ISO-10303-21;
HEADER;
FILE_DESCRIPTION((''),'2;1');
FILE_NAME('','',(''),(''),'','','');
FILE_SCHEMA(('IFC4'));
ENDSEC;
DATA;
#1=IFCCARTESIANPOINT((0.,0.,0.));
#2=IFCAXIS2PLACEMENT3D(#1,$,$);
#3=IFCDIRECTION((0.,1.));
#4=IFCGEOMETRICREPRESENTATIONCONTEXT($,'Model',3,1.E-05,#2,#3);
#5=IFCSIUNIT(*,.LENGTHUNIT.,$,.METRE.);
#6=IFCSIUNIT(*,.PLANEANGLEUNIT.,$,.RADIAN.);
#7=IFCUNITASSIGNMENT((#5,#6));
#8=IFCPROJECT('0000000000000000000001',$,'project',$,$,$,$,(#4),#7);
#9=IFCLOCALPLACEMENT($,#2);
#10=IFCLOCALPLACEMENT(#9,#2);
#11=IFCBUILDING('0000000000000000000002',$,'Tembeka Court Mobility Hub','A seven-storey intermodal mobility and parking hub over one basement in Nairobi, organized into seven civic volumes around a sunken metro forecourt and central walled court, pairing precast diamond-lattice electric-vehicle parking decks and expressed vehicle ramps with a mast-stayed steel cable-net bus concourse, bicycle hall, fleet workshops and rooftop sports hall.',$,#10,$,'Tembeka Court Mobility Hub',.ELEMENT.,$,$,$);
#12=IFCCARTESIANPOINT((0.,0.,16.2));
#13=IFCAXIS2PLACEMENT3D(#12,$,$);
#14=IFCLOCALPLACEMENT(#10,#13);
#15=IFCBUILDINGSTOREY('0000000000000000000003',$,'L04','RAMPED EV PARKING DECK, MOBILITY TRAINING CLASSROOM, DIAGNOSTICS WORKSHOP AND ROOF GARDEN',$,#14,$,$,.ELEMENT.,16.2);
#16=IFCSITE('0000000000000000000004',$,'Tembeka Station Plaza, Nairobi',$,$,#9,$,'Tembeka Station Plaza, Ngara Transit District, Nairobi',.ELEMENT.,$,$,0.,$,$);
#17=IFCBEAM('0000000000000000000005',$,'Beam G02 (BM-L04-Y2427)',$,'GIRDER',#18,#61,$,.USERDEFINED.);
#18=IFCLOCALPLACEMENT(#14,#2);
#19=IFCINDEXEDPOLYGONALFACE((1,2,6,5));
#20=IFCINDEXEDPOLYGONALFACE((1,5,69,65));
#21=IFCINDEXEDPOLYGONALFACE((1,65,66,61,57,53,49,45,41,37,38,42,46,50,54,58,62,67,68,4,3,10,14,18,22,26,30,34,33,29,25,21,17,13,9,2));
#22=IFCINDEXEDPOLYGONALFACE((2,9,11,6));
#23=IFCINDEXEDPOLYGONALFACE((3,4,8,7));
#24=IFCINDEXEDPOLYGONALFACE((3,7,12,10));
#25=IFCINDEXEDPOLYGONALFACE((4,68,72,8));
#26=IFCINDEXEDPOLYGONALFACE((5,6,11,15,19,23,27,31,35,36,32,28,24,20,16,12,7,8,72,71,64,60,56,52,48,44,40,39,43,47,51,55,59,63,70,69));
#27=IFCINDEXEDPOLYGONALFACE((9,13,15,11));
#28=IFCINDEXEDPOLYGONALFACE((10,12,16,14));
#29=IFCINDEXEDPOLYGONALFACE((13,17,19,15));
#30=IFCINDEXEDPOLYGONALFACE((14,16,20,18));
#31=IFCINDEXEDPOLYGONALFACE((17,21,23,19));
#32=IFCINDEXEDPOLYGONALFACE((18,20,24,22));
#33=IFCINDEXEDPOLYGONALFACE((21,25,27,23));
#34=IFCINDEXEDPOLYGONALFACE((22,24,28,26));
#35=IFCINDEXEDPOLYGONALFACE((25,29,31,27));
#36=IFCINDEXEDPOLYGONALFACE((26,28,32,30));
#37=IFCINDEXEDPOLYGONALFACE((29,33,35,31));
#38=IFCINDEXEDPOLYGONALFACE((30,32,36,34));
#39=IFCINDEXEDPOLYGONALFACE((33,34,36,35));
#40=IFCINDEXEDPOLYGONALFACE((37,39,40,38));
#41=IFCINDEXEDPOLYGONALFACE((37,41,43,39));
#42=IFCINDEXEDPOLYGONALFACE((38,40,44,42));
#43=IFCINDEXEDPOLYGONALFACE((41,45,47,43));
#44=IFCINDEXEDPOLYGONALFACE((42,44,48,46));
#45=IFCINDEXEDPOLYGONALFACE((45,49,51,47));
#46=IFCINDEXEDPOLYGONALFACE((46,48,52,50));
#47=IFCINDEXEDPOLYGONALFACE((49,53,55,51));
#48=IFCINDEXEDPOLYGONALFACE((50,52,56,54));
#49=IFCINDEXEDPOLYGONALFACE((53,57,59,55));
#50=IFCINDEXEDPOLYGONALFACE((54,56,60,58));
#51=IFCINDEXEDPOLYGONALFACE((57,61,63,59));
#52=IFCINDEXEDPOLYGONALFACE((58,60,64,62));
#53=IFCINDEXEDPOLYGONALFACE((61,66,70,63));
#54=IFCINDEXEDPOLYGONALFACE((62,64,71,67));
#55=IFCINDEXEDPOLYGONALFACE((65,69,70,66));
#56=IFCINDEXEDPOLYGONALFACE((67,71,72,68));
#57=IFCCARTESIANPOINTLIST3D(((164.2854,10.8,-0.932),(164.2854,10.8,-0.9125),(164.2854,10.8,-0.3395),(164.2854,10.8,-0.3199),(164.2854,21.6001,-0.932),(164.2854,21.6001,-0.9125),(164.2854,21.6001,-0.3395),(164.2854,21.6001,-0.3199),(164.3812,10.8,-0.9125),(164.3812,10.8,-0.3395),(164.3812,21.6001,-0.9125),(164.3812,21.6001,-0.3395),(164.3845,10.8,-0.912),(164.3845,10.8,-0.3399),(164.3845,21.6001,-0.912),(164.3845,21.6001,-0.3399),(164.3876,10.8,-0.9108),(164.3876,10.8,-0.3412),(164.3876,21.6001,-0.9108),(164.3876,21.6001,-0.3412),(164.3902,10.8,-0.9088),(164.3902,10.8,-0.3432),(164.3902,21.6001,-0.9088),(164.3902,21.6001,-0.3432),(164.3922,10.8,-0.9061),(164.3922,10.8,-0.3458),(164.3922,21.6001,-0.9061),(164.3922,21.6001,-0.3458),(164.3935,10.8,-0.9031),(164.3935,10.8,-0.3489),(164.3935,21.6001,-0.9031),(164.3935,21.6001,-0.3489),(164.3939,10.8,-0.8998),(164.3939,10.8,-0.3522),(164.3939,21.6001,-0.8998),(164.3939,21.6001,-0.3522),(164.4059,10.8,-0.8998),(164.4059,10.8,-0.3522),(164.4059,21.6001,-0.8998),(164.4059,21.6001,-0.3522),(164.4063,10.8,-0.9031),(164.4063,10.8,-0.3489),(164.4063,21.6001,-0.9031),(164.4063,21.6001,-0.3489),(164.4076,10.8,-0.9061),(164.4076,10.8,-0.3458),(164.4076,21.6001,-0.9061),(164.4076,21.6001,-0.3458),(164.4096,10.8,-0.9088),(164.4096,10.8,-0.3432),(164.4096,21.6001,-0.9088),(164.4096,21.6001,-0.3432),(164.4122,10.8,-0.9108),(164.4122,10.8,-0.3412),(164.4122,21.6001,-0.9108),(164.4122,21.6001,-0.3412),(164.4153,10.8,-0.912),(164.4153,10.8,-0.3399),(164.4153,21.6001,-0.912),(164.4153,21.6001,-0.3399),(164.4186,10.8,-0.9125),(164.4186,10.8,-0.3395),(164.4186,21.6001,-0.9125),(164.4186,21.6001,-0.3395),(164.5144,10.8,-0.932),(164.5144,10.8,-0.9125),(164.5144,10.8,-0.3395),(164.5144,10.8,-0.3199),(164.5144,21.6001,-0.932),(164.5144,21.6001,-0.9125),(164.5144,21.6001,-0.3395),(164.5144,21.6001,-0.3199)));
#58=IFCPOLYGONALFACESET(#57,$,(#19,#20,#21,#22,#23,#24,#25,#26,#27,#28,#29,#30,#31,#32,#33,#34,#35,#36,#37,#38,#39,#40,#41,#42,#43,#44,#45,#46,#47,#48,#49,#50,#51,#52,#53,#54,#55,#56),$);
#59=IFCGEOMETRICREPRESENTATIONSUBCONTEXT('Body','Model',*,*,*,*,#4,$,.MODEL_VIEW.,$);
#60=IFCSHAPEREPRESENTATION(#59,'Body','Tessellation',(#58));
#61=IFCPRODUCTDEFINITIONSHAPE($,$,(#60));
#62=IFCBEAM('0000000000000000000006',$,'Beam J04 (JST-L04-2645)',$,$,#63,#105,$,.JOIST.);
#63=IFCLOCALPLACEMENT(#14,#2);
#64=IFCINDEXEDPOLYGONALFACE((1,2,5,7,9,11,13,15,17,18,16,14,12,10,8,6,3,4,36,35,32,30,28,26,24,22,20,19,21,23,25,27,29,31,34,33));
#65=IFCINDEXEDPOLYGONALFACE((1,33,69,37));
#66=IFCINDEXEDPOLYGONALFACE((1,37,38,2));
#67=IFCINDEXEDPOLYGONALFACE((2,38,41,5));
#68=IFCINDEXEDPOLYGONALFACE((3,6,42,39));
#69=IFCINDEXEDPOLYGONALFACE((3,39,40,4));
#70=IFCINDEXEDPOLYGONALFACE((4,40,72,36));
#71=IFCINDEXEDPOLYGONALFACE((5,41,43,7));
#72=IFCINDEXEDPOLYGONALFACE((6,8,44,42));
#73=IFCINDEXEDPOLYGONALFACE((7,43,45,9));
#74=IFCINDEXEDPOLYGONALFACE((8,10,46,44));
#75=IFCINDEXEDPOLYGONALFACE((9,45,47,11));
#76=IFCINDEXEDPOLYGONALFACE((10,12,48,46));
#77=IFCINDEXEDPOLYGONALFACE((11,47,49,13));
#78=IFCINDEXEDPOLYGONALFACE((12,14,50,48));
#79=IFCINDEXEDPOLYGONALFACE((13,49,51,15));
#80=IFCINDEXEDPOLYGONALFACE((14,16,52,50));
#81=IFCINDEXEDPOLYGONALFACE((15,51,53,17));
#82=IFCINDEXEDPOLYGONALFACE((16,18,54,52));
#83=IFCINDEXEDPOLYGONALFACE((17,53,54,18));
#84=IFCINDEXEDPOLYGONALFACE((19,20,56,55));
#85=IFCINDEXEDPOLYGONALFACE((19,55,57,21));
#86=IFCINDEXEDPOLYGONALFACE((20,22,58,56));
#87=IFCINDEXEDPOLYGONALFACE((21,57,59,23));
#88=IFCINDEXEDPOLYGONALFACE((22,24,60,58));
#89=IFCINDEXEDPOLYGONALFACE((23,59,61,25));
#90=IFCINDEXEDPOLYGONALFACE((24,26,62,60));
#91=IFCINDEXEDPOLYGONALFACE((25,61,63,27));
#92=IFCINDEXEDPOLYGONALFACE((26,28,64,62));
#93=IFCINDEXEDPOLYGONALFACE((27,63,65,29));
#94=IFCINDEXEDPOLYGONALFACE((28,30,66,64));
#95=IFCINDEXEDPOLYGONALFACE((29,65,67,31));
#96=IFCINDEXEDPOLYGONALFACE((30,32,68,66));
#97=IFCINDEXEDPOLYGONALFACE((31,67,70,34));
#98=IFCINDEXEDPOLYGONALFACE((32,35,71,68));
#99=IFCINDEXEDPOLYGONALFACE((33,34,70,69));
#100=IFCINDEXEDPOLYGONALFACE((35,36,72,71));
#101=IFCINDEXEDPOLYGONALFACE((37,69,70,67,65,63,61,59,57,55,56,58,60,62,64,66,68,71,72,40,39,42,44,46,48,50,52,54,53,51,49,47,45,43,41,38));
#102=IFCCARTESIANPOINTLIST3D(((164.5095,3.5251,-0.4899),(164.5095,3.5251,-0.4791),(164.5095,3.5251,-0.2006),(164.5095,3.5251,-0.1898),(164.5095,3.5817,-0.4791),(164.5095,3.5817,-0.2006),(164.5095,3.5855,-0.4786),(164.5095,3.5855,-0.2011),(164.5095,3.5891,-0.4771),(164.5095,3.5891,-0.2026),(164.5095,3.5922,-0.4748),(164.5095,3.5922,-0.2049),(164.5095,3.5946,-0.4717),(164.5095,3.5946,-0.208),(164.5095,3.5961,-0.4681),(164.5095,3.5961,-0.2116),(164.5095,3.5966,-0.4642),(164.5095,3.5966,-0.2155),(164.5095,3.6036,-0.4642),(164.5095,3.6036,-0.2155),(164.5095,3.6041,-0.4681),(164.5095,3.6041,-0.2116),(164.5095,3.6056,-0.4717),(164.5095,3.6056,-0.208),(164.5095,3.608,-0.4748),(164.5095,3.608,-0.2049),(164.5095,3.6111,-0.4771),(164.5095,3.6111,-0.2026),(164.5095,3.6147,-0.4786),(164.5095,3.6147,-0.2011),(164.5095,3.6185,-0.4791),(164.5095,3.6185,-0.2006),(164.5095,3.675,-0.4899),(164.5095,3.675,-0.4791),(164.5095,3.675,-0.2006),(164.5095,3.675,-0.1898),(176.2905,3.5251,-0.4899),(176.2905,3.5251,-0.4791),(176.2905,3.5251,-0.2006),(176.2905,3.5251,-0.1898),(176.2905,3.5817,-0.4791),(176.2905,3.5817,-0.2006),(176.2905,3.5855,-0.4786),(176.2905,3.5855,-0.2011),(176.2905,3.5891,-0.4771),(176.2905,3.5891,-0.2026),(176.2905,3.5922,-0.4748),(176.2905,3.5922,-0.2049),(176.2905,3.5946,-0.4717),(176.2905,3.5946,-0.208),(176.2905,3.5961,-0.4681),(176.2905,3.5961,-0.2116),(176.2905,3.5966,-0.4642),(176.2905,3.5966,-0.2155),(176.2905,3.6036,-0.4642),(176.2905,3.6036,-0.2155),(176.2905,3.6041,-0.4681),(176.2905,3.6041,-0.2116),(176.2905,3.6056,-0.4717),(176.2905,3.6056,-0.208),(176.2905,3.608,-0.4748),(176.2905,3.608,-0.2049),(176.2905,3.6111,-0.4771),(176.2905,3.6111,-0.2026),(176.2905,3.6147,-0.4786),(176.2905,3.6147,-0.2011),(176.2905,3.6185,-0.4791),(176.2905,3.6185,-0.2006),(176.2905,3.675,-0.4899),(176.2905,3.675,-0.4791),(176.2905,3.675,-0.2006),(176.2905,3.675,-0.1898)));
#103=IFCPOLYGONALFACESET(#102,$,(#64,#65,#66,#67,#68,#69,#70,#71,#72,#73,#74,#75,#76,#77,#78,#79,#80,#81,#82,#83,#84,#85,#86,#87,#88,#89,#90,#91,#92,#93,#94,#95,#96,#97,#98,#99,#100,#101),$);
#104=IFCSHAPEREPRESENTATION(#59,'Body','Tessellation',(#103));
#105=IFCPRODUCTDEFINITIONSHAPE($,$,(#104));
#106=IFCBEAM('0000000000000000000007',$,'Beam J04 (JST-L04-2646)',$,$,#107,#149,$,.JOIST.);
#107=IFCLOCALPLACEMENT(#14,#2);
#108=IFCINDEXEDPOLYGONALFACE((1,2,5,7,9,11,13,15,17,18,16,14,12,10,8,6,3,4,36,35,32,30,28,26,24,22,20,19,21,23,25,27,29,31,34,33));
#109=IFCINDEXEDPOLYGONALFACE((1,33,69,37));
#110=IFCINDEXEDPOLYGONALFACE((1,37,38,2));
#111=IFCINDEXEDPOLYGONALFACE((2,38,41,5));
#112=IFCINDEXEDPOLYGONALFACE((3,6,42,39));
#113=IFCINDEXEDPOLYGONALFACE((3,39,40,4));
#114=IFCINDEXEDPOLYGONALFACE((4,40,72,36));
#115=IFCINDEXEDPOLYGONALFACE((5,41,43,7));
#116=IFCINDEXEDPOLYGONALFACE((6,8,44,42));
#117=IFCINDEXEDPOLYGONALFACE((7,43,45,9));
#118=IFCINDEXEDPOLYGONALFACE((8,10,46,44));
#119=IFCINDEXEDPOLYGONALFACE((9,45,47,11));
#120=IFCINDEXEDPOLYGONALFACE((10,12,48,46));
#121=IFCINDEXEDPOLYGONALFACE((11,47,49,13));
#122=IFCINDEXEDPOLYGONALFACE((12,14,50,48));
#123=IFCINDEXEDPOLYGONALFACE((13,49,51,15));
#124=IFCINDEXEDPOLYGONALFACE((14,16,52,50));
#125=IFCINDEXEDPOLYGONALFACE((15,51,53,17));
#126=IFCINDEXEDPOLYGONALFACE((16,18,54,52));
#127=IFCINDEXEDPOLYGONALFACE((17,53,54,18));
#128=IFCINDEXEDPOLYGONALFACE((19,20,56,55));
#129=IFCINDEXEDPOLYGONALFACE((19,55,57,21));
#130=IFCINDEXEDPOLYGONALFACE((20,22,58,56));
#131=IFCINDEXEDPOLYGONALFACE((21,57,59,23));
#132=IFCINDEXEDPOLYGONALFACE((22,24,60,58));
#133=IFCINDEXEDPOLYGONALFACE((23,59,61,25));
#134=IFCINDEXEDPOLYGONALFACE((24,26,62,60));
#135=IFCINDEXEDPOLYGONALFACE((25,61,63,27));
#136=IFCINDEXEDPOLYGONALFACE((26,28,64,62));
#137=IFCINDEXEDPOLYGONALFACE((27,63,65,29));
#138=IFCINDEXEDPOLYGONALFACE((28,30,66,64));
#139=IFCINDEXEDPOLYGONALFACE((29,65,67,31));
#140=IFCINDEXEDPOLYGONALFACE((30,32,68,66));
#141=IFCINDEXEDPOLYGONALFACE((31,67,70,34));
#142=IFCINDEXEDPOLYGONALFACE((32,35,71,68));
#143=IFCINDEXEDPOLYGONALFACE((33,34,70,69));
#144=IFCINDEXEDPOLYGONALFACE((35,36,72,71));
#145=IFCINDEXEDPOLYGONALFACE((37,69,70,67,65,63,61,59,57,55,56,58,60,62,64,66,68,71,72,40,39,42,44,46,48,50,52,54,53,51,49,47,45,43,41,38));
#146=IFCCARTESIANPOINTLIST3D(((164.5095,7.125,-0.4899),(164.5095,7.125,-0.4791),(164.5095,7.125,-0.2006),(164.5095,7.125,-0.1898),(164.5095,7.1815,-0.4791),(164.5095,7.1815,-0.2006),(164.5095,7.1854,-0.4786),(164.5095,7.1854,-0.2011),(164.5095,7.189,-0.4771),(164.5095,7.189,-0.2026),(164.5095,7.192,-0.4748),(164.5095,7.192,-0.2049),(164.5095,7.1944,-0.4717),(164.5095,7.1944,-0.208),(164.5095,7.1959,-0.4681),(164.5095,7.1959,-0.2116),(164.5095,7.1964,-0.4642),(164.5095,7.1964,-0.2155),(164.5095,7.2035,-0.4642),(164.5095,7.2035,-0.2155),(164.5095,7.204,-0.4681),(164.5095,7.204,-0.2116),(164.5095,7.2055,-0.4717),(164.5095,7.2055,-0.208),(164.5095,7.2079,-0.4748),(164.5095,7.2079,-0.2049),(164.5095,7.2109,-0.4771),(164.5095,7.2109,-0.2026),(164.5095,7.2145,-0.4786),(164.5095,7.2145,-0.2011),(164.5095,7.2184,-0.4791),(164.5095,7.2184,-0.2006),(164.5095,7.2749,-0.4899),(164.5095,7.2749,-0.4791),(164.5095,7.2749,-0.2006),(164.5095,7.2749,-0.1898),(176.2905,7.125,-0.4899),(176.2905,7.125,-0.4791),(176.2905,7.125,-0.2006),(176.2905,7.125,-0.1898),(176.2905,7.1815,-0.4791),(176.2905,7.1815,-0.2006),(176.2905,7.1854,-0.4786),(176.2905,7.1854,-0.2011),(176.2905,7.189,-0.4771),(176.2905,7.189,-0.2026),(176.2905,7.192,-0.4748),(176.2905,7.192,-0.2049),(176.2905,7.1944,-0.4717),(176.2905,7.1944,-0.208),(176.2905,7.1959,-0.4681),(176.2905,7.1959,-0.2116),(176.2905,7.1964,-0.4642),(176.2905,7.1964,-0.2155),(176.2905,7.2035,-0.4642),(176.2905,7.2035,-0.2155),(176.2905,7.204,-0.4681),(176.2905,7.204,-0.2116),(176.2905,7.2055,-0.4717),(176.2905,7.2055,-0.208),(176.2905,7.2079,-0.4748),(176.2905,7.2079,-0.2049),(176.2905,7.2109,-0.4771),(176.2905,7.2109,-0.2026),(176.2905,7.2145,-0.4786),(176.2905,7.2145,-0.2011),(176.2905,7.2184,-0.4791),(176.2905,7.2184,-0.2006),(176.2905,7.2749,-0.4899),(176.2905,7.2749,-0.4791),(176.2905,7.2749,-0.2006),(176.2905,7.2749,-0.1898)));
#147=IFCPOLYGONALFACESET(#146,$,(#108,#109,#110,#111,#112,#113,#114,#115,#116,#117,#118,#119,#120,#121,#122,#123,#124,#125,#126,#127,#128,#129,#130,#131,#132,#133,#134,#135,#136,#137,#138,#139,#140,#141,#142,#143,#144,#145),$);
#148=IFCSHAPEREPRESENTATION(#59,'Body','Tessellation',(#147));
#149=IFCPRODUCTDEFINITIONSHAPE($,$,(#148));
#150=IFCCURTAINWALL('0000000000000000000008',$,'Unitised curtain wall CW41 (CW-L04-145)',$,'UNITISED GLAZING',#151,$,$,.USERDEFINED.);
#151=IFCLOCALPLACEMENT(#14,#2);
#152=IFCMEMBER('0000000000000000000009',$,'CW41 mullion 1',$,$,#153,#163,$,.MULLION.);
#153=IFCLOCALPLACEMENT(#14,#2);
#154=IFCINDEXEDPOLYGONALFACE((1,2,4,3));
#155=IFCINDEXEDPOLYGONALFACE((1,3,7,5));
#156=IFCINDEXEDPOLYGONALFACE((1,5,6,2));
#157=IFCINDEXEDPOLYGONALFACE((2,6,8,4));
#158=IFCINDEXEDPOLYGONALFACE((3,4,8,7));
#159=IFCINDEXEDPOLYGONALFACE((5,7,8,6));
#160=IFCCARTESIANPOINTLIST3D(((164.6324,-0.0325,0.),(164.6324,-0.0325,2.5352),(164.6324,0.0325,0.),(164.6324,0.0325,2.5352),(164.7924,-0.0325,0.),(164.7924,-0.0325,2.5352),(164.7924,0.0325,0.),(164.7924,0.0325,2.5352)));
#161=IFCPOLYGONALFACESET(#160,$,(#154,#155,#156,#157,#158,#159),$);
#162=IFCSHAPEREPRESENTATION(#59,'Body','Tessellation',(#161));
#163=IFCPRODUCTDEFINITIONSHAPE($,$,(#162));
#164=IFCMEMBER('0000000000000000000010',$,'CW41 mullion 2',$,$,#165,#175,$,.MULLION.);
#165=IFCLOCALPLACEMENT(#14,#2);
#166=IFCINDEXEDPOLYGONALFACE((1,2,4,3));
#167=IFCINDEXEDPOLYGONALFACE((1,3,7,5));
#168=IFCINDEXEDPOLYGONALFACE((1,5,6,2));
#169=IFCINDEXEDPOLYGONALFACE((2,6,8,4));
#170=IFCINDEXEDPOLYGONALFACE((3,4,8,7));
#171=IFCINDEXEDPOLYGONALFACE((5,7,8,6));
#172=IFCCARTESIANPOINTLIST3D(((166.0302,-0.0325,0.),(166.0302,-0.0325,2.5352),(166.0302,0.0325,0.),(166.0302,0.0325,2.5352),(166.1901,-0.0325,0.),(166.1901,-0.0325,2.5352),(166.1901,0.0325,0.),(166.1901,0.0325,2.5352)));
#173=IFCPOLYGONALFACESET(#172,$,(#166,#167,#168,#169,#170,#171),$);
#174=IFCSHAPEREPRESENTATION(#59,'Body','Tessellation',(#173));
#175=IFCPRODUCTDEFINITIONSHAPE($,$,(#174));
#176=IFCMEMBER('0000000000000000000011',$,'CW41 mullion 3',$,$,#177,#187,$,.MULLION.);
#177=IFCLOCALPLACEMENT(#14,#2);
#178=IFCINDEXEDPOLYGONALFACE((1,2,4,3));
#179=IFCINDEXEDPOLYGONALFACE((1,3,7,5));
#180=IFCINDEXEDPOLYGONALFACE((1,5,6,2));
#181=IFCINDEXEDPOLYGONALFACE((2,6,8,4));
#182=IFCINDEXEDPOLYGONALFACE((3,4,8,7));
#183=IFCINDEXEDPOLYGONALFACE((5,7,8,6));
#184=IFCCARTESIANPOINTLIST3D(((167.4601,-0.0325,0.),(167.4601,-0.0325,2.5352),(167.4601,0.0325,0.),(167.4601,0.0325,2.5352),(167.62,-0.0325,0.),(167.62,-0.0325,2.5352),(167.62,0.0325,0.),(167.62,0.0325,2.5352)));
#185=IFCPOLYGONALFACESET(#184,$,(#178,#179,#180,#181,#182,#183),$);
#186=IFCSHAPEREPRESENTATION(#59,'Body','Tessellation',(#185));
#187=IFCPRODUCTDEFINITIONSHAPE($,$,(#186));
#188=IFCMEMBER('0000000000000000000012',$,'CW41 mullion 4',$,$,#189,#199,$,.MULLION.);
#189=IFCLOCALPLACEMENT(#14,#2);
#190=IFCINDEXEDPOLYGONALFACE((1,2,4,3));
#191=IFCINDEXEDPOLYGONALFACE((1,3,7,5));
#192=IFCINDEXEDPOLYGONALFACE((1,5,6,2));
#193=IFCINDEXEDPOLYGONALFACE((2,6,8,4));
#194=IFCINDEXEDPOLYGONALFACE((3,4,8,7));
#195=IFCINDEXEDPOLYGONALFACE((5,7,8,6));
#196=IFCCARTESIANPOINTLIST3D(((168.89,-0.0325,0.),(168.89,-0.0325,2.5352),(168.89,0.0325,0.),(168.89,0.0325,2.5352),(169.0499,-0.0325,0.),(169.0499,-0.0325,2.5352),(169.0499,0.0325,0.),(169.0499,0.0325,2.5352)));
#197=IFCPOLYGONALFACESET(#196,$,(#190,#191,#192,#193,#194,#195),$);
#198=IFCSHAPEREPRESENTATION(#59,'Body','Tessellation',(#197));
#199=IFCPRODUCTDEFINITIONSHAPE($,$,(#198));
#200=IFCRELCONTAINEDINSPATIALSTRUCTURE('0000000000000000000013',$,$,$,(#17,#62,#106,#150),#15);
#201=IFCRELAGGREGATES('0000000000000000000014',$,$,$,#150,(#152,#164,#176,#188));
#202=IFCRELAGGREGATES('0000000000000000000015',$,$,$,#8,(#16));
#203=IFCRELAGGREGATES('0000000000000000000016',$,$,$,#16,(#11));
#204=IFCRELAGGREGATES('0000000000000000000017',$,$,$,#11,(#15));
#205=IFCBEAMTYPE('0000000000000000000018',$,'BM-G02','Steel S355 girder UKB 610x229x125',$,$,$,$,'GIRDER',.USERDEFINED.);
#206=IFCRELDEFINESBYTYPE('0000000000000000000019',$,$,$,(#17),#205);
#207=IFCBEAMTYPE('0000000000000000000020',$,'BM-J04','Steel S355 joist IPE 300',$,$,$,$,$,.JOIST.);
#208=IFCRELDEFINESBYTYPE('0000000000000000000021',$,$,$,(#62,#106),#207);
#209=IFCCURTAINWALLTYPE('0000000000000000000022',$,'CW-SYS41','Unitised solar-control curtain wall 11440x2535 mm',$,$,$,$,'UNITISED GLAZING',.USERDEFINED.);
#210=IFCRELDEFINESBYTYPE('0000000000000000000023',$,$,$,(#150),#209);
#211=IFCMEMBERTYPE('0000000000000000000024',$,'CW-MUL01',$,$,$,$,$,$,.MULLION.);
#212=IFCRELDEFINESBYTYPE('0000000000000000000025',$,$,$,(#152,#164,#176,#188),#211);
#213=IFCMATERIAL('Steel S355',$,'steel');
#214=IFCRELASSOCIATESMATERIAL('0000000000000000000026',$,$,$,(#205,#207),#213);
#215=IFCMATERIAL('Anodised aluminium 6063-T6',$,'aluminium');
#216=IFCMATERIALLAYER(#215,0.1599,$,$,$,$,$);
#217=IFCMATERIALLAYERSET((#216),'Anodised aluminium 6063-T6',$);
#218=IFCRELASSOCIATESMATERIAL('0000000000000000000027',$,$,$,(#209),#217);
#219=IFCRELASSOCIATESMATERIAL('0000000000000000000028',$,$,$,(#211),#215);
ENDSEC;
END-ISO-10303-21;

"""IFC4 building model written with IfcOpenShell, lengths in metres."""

from ifc_helpers import new_model, si_unit, direction, frame, origin, origin_2d, place, context, subcontext, project, spatial, rectangle, i_section, extrude, material, layer, layer_set, material_profile, profile_set, type_object, element, aggregate, save


model = new_model("IFC4")

# Units and contexts
model_context = context("Model", 3, precision=1e-05, world=origin(), true_north=direction((0.0, 1.0)))
body_context = subcontext(model_context, "Body", "Model", "MODEL_VIEW")
ifc_project = project(units=[si_unit("LENGTHUNIT", "METRE"), si_unit("PLANEANGLEUNIT", "RADIAN")], contexts=[model_context])

# Site, building, storey
site_placement = place(None, origin())
site = spatial("IfcSite", under=ifc_project, at=site_placement, Name="Tembeka Station Plaza, Nairobi", LongName="Tembeka Station Plaza, Ngara Transit District, Nairobi", CompositionType="ELEMENT", RefElevation=0.0)
building_placement = place(site_placement, origin())
building = spatial("IfcBuilding", under=site, at=building_placement, Name="Tembeka Court Mobility Hub", Description="A seven-storey intermodal mobility and parking hub over one basement in Nairobi, organized into seven civic volumes around a sunken metro forecourt and central walled court, pairing precast diamond-lattice electric-vehicle parking decks and expressed vehicle ramps with a mast-stayed steel cable-net bus concourse, bicycle hall, fleet workshops and rooftop sports hall.", LongName="Tembeka Court Mobility Hub", CompositionType="ELEMENT")
storey_placement = place(building_placement, frame((0.0, 0.0, 16.2)))
storey = spatial("IfcBuildingStorey", under=building, at=storey_placement, Name="L04", Description="RAMPED EV PARKING DECK, MOBILITY TRAINING CLASSROOM, DIAGNOSTICS WORKSHOP AND ROOF GARDEN", CompositionType="ELEMENT", Elevation=16.2)

# Beams
ifc_material_1 = material(Name="Steel S355", Category="steel")
ifc_material_profile_1 = material_profile(ifc_material_1, i_section(OverallWidth=0.229, OverallDepth=0.6121, WebThickness=0.012, FlangeThickness=0.0195, FilletRadius=0.0127, at=origin_2d()), Name="UKB 610x229x125")
ifc_profile_set_1 = profile_set([ifc_material_profile_1], Name="Steel S355")
beam_type_1 = type_object("IfcBeamType", Name="BM-G02", Description="Steel S355 girder UKB 610x229x125", ElementType="GIRDER", PredefinedType="USERDEFINED", material=ifc_profile_set_1)
beam_placement = place(storey_placement, frame((164.3999, 10.8, -0.626), z_axis=(0.0, 1.0, 0.0), x_axis=(-1.0, 0.0, 0.0)))
element("IfcBeam", 1, at=beam_placement, inside=storey, type_object=beam_type_1, Name="Beam G02 (BM-L04-Y2427)", ObjectType="GIRDER", PredefinedType="USERDEFINED", context=body_context, shape_type="SweptSolid", body=[
    extrude(i_section(OverallWidth=0.229, OverallDepth=0.6121, WebThickness=0.012, FlangeThickness=0.0195, FilletRadius=0.0127, at=origin_2d()), origin(), (0.0, 0.0, 1.0), 10.8),
])
ifc_material_profile_2 = material_profile(ifc_material_1, i_section(OverallWidth=0.1499, OverallDepth=0.3, WebThickness=0.0071, FlangeThickness=0.0107, FilletRadius=0.0149, at=origin_2d()), Name="IPE 300")
ifc_profile_set_2 = profile_set([ifc_material_profile_2], Name="Steel S355")
beam_type_2 = type_object("IfcBeamType", Name="BM-J04", Description="Steel S355 joist IPE 300", PredefinedType="JOIST", material=ifc_profile_set_2)
for number, where, z_axis, x_axis, name in (
    (2, (164.5095, 3.6001, -0.3398), (1.0, 0.0, 0.0), (0.0, 1.0, 0.0), "Beam J04 (JST-L04-2645)"),
    (3, (164.5095, 7.2, -0.3398), (1.0, 0.0, 0.0), (0.0, 1.0, 0.0), "Beam J04 (JST-L04-2646)"),
):
    element("IfcBeam", number, at=place(storey_placement, frame(where, z_axis=z_axis, x_axis=x_axis)), inside=storey, type_object=beam_type_2, Name=name, PredefinedType="JOIST", context=body_context, shape_type="SweptSolid", body=[
        extrude(i_section(OverallWidth=0.1499, OverallDepth=0.3, WebThickness=0.0071, FlangeThickness=0.0107, FilletRadius=0.0149, at=origin_2d()), origin(), (0.0, 0.0, 1.0), 11.781),
    ])

# Curtain wall, members
ifc_material_2 = material(Name="Anodised aluminium 6063-T6", Category="aluminium")
ifc_layer_1 = layer(ifc_material_2, 0.1599)
ifc_layer_set_1 = layer_set([ifc_layer_1], Name="Anodised aluminium 6063-T6")
curtain_wall_type = type_object("IfcCurtainWallType", Name="CW-SYS41", Description="Unitised solar-control curtain wall 11440x2535 mm", ElementType="UNITISED GLAZING", PredefinedType="USERDEFINED", material=ifc_layer_set_1)
curtain_wall_placement = place(storey_placement, origin())
curtain_wall = element("IfcCurtainWall", 4, at=curtain_wall_placement, inside=storey, type_object=curtain_wall_type, Name="Unitised curtain wall CW41 (CW-L04-145)", ObjectType="UNITISED GLAZING", PredefinedType="USERDEFINED")
ifc_material_profile_3 = material_profile(ifc_material_2, rectangle(XDim=0.0649, YDim=0.1599, at=origin_2d()), Name="ALU-MUL 65x160")
ifc_profile_set_3 = profile_set([ifc_material_profile_3], Name="Anodised aluminium 6063-T6")
member_type_1 = type_object("IfcMemberType", Name="CW-MUL01", PredefinedType="MULLION", material=ifc_profile_set_3)
member_1_placement = place(storey_placement, frame((164.7124, 0.0, 0.0), z_axis=(0.0, 0.0, 1.0), x_axis=(0.0, 1.0, 0.0)))
member_1 = element("IfcMember", 5, at=member_1_placement, type_object=member_type_1, Name="CW41 mullion 1", PredefinedType="MULLION", context=body_context, shape_type="SweptSolid", body=[
    extrude(rectangle(XDim=0.0649, YDim=0.1599, at=origin_2d()), origin(), (0.0, 0.0, 1.0), 2.5352),
])
member_2_placement = place(storey_placement, frame((166.1101, 0.0, 0.0), z_axis=(0.0, 0.0, 1.0), x_axis=(0.0, 1.0, 0.0)))
member_2 = element("IfcMember", 6, at=member_2_placement, type_object=member_type_1, Name="CW41 mullion 2", PredefinedType="MULLION", context=body_context, shape_type="SweptSolid", body=[
    extrude(rectangle(XDim=0.0649, YDim=0.1599, at=origin_2d()), origin(), (0.0, 0.0, 1.0), 2.5352),
])
member_3_placement = place(storey_placement, frame((167.54, 0.0, 0.0), z_axis=(0.0, 0.0, 1.0), x_axis=(0.0, 1.0, 0.0)))
member_3 = element("IfcMember", 7, at=member_3_placement, type_object=member_type_1, Name="CW41 mullion 3", PredefinedType="MULLION", context=body_context, shape_type="SweptSolid", body=[
    extrude(rectangle(XDim=0.0649, YDim=0.1599, at=origin_2d()), origin(), (0.0, 0.0, 1.0), 2.5352),
])
member_4_placement = place(storey_placement, frame((168.97, 0.0, 0.0), z_axis=(0.0, 0.0, 1.0), x_axis=(0.0, 1.0, 0.0)))
member_4 = element("IfcMember", 8, at=member_4_placement, type_object=member_type_1, Name="CW41 mullion 4", PredefinedType="MULLION", context=body_context, shape_type="SweptSolid", body=[
    extrude(rectangle(XDim=0.0649, YDim=0.1599, at=origin_2d()), origin(), (0.0, 0.0, 1.0), 2.5352),
])

aggregate(curtain_wall, [member_1, member_2, member_3, member_4])

save(model, "model.ifc")
